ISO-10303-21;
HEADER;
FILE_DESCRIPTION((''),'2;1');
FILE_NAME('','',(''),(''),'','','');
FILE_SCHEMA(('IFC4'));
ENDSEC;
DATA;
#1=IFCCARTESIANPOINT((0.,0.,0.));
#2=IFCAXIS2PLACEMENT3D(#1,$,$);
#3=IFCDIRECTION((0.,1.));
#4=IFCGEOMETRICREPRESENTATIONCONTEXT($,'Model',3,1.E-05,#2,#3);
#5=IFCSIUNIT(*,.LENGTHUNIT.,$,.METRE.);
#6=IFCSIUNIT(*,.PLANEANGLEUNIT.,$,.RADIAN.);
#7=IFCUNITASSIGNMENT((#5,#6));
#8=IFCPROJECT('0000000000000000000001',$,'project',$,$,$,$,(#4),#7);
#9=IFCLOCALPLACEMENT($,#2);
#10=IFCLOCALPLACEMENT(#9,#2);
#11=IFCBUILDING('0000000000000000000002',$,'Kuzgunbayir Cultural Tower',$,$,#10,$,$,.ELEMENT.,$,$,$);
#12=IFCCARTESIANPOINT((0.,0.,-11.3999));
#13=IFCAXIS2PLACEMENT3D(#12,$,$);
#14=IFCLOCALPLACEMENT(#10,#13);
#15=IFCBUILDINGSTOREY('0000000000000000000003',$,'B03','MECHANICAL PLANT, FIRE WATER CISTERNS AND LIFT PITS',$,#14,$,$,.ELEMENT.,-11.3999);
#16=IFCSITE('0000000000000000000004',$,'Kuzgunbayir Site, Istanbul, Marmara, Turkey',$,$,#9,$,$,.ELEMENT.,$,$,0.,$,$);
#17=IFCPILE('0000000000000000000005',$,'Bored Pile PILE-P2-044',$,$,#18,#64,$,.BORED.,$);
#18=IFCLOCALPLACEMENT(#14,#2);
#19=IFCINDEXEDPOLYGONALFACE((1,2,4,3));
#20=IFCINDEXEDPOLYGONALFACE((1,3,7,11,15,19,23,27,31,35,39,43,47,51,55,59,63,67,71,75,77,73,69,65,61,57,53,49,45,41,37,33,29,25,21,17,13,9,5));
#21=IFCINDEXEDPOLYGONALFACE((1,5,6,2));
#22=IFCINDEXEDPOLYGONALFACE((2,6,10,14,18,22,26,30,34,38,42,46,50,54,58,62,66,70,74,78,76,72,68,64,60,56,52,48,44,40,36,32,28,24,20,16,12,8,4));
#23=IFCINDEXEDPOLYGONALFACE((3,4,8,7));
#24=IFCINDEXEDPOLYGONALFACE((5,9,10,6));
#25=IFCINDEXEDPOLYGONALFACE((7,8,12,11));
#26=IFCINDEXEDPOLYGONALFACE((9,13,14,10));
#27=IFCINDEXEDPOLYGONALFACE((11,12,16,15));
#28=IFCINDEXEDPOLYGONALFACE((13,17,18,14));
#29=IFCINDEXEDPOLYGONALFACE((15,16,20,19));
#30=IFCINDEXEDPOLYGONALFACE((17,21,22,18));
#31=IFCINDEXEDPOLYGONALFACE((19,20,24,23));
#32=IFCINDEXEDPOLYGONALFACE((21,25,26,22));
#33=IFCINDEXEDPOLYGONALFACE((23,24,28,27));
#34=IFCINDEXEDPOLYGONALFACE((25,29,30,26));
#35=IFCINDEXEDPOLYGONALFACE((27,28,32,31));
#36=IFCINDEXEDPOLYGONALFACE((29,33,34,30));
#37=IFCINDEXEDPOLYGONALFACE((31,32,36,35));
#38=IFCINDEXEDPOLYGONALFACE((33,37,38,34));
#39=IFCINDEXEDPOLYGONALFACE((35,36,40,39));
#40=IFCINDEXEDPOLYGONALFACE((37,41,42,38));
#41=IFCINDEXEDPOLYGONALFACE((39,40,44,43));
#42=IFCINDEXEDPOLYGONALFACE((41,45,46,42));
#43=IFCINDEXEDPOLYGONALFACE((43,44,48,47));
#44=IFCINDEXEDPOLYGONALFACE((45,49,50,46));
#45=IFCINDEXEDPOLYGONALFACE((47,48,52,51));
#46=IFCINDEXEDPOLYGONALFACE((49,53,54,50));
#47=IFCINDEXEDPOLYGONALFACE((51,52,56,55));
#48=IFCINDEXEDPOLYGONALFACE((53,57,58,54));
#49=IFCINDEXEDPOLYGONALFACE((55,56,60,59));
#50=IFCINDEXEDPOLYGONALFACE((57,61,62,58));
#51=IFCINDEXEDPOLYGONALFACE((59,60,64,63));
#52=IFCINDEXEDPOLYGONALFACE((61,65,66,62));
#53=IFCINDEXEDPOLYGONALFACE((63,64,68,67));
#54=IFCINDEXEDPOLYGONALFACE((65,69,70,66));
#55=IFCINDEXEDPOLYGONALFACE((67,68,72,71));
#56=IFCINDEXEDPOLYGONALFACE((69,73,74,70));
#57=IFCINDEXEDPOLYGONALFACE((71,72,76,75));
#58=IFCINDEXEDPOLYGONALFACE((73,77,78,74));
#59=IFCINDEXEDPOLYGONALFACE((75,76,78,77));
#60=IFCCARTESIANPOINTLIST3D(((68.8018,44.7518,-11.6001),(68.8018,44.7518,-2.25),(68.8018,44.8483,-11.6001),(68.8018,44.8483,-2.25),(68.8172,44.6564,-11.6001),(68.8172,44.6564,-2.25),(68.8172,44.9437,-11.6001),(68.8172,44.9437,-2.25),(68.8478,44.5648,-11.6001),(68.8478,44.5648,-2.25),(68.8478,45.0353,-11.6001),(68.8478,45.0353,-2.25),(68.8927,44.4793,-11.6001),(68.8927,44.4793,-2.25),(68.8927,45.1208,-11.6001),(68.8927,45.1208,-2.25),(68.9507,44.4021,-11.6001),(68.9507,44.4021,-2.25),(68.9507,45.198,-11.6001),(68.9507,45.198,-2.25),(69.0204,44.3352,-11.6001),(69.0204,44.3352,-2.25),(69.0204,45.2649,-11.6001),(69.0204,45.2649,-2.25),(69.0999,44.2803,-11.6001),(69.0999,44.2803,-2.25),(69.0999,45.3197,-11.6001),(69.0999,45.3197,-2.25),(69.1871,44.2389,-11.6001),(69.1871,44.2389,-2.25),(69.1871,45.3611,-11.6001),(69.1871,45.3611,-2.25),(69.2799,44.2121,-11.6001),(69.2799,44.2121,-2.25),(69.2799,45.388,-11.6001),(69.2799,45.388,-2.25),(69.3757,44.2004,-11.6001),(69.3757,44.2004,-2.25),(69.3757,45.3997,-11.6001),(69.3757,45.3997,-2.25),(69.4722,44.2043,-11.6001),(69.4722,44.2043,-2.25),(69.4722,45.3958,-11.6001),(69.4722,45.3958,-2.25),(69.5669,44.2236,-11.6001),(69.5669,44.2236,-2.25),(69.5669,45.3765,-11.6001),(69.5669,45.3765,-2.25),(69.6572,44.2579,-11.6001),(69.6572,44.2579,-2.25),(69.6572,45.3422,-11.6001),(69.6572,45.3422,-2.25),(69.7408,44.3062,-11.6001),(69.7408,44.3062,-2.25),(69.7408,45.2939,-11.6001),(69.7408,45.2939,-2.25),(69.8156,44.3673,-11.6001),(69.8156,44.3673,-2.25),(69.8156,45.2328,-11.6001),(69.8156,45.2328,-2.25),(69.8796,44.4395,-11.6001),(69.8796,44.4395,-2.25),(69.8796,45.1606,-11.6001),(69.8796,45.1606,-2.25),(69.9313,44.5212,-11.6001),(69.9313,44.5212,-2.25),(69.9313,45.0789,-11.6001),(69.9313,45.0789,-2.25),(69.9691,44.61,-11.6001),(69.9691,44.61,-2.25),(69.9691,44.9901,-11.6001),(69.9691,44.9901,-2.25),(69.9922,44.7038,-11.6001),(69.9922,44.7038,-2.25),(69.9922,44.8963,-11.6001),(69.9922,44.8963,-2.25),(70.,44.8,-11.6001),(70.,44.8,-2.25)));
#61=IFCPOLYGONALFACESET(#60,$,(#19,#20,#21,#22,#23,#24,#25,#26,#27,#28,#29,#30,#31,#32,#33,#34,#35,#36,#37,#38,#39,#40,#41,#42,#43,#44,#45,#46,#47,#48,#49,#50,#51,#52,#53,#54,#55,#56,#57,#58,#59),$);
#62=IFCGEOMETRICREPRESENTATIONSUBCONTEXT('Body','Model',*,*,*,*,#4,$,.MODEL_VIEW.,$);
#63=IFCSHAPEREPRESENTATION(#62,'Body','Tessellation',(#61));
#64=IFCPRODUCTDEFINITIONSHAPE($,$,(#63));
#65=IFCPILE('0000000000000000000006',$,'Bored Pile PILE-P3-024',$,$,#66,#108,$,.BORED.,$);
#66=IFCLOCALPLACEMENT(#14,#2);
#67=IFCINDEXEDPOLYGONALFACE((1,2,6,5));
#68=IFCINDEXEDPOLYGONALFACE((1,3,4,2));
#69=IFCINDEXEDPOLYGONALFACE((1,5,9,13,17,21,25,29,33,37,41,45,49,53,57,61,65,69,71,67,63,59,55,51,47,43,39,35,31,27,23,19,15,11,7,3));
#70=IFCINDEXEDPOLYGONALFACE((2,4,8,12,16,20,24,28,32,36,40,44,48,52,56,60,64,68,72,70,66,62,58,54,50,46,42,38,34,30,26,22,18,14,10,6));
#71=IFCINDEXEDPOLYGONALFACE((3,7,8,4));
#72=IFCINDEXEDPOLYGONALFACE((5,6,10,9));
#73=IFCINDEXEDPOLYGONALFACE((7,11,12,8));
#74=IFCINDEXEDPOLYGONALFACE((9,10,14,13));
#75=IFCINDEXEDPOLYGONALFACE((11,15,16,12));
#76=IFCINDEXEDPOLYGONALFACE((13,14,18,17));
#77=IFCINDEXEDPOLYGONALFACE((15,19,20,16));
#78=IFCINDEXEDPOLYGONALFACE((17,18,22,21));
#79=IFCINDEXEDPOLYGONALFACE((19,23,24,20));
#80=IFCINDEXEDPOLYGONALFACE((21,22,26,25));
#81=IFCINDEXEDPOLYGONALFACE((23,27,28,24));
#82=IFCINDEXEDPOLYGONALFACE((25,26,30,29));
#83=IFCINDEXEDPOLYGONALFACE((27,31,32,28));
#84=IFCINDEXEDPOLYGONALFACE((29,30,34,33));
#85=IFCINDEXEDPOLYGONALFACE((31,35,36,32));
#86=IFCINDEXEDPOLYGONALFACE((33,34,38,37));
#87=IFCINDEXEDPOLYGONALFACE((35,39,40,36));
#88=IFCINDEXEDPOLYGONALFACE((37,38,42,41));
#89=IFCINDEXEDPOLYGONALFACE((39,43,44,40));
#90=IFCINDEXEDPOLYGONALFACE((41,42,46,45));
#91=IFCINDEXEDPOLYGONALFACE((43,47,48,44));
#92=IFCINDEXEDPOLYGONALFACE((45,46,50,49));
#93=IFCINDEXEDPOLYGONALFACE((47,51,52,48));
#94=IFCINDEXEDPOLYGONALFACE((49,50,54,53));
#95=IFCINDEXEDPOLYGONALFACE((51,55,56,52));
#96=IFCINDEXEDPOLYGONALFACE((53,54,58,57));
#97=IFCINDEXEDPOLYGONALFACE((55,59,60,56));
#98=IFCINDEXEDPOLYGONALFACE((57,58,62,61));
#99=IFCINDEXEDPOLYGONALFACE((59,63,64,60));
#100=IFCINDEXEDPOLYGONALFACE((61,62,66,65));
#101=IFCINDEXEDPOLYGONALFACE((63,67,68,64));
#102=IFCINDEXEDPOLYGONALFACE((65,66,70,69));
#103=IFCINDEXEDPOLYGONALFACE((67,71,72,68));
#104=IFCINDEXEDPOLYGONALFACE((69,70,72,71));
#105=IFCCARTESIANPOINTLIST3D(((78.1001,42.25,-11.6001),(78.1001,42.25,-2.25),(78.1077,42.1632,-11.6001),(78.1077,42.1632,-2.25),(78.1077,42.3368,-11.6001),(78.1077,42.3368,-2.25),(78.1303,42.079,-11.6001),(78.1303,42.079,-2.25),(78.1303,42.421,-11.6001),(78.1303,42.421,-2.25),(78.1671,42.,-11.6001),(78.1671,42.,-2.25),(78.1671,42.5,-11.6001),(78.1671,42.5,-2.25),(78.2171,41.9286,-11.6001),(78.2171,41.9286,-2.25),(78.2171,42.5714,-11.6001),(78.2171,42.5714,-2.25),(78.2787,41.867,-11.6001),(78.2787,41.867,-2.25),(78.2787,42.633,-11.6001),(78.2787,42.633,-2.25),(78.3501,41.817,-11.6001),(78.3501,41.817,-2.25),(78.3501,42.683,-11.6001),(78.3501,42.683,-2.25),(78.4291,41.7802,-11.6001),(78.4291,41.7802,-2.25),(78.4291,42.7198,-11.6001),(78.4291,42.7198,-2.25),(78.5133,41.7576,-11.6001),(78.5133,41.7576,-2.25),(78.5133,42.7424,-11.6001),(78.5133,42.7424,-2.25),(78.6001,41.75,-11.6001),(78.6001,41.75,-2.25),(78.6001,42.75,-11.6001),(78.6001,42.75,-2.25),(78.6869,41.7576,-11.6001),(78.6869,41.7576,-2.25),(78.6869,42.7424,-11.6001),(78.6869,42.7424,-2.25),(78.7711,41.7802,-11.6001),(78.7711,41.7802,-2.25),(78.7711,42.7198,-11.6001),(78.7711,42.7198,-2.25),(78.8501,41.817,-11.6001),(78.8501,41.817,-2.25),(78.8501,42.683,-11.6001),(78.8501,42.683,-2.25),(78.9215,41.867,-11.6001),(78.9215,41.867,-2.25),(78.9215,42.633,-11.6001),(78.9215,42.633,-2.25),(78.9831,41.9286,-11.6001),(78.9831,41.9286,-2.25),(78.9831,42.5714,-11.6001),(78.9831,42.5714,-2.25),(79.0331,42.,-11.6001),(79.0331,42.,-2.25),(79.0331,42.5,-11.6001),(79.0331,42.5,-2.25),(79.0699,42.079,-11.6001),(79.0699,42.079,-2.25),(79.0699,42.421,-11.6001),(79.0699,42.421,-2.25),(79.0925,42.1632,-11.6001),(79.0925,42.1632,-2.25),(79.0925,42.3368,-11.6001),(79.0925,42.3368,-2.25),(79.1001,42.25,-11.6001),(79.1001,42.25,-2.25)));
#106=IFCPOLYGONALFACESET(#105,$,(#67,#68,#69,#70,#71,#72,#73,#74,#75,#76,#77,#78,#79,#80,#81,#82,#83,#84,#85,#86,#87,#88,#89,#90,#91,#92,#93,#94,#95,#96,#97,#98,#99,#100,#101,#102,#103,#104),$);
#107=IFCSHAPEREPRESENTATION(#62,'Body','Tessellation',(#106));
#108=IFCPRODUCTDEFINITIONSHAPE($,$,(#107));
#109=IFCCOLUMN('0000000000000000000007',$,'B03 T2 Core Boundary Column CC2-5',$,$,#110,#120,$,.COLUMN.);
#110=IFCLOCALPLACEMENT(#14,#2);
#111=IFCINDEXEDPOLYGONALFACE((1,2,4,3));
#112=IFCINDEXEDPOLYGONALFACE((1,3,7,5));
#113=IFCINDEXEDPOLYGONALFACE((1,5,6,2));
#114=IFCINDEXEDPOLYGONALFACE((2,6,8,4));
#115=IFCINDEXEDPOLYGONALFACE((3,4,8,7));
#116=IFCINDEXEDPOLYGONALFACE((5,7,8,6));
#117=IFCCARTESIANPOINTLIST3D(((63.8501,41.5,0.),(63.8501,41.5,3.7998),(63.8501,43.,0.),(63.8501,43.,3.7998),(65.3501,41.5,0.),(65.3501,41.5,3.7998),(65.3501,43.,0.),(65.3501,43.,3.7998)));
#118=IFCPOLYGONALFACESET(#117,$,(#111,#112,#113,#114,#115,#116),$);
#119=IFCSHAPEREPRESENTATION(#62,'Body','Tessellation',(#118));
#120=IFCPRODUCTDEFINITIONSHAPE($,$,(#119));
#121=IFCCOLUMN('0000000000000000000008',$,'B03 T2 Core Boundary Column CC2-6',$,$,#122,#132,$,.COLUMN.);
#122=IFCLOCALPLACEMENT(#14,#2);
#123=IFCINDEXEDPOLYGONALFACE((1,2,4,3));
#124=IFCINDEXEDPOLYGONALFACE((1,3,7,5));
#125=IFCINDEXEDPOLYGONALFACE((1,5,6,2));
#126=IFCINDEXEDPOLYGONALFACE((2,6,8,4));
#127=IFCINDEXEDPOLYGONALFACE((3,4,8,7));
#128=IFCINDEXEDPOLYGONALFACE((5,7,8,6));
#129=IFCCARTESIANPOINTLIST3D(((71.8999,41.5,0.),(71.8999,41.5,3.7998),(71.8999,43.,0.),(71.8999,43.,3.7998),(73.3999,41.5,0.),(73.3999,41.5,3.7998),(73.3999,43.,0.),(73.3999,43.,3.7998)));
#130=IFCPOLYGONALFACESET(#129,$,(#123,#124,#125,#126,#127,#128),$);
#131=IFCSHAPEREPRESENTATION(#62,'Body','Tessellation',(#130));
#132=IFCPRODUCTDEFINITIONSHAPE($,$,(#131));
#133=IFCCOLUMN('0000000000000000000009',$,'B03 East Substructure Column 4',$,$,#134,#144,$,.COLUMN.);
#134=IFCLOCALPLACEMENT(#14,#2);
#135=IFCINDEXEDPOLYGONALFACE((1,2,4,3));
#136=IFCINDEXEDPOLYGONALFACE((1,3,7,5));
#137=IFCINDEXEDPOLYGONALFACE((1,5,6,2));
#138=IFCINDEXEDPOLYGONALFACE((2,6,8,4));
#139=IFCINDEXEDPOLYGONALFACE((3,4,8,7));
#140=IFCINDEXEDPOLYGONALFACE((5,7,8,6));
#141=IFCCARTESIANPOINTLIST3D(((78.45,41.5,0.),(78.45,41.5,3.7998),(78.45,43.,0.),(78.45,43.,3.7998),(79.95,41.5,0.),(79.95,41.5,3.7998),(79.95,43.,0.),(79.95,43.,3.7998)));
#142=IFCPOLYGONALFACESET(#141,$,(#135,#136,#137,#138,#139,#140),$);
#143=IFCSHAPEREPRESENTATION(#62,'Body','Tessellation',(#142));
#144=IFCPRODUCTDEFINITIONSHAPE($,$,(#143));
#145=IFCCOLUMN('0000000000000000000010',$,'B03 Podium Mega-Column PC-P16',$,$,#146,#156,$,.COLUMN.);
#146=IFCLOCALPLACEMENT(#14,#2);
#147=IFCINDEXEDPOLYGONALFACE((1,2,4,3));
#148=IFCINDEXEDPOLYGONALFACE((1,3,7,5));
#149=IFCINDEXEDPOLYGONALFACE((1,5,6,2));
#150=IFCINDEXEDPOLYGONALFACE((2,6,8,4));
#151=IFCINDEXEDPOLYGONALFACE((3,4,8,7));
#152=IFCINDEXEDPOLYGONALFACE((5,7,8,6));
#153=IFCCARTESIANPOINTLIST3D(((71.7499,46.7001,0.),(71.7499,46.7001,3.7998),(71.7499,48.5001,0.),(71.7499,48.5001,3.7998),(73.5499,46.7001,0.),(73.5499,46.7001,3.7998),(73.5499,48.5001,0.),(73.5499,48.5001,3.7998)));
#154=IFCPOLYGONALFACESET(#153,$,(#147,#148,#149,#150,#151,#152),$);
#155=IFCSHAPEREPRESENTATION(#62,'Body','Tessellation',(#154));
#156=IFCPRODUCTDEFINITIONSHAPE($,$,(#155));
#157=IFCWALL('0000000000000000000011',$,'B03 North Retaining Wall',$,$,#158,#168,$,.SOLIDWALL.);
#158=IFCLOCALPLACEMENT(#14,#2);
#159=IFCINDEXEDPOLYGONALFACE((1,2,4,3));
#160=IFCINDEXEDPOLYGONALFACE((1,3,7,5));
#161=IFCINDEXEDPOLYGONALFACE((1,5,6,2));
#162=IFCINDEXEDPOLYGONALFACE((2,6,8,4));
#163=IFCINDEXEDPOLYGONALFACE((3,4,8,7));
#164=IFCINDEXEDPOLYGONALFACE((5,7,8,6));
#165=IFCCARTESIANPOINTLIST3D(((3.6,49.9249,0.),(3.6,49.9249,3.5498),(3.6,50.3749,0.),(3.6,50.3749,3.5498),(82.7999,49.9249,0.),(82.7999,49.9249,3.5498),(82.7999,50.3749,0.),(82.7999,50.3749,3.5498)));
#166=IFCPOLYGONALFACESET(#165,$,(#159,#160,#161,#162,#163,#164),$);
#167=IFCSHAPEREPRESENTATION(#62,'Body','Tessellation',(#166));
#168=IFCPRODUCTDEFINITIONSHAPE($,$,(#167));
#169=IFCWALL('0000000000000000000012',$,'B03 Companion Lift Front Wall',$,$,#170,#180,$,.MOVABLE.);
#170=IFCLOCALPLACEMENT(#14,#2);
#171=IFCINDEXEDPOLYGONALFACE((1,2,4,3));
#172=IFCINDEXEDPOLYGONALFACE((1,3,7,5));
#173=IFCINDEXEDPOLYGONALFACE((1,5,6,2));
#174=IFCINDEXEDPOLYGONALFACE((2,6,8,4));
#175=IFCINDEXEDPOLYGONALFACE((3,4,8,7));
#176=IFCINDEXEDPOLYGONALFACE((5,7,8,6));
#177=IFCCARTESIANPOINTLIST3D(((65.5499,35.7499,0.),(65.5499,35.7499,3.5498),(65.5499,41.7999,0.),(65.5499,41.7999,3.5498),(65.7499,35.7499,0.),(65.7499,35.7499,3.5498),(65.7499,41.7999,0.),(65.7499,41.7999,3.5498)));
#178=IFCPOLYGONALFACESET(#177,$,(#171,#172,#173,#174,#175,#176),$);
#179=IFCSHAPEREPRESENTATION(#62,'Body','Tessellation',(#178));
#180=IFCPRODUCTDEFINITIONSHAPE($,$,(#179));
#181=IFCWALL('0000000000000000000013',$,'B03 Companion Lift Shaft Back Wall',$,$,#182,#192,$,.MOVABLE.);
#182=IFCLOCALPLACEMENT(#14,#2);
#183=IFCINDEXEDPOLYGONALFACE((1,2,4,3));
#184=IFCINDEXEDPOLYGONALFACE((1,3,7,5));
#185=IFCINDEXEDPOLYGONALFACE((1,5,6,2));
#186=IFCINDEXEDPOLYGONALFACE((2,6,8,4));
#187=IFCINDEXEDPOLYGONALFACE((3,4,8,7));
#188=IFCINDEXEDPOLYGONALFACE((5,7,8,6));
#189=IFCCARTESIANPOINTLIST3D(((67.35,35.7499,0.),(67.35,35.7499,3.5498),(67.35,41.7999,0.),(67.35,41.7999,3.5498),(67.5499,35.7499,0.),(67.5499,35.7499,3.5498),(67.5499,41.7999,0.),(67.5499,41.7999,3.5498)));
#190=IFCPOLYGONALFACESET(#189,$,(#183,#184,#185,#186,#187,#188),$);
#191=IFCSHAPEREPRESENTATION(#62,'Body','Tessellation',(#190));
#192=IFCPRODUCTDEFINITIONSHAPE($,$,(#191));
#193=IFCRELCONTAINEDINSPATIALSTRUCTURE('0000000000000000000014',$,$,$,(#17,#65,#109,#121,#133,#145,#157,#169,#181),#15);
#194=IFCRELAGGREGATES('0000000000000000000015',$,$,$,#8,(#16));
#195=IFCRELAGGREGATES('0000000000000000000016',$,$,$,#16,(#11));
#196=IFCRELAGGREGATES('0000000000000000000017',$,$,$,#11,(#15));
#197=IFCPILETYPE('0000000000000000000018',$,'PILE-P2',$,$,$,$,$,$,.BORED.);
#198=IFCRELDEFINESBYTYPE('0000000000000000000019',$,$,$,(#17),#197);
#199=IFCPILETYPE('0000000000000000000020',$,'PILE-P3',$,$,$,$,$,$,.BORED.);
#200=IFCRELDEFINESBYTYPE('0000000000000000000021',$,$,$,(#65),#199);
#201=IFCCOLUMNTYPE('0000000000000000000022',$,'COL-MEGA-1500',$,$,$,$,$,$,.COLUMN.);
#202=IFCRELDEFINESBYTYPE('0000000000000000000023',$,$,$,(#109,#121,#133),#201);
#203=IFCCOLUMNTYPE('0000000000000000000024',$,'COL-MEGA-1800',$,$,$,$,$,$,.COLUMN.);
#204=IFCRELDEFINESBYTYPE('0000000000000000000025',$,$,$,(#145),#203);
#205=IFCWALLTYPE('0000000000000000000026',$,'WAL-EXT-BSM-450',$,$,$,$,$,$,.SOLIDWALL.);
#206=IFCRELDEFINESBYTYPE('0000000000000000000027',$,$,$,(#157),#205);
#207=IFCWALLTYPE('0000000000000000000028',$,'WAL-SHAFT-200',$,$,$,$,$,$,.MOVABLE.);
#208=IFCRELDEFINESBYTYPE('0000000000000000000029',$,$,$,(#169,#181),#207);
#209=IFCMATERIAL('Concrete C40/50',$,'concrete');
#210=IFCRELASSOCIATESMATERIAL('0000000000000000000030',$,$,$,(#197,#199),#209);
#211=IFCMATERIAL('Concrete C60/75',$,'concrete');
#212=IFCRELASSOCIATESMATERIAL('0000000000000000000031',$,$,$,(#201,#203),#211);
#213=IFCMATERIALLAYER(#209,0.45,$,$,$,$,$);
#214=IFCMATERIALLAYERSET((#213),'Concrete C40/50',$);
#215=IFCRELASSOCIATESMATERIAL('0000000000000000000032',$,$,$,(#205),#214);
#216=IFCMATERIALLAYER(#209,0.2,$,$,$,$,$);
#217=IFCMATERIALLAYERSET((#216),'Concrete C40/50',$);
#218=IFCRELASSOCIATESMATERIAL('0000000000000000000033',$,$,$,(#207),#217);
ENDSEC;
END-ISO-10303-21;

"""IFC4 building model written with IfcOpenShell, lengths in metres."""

from ifc_helpers import new_model, si_unit, direction, frame, frame_2d, origin, origin_2d, place, context, subcontext, project, spatial, rectangle, circle, extrude, material, layer, layer_set, material_profile, profile_set, type_object, element, save


model = new_model("IFC4")

# Units and contexts
model_context = context("Model", 3, precision=1e-05, world=origin(), true_north=direction((0.0, 1.0)))
body_context = subcontext(model_context, "Body", "Model", "MODEL_VIEW")
ifc_project = project(units=[si_unit("LENGTHUNIT", "METRE"), si_unit("PLANEANGLEUNIT", "RADIAN")], contexts=[model_context])

# Site, building, storey
site_placement = place(None, origin())
site = spatial("IfcSite", under=ifc_project, at=site_placement, Name="Kuzgunbayir Site, Istanbul, Marmara, Turkey", CompositionType="ELEMENT", RefElevation=0.0)
building_placement = place(site_placement, origin())
building = spatial("IfcBuilding", under=site, at=building_placement, Name="Kuzgunbayir Cultural Tower", CompositionType="ELEMENT")
storey_placement = place(building_placement, frame((0.0, 0.0, -11.3999)))
storey = spatial("IfcBuildingStorey", under=building, at=storey_placement, Name="B03", Description="MECHANICAL PLANT, FIRE WATER CISTERNS AND LIFT PITS", CompositionType="ELEMENT", Elevation=-11.3999)

# Piles
ifc_material_1 = material(Name="Concrete C40/50", Category="concrete")
ifc_material_profile_1 = material_profile(ifc_material_1, circle(Radius=0.6001, at=origin_2d()), Name="BORED PILE 1200")
ifc_profile_set_1 = profile_set([ifc_material_profile_1], Name="Concrete C40/50")
pile_type_1 = type_object("IfcPileType", Name="PILE-P2", PredefinedType="BORED", material=ifc_profile_set_1)
for number, where, z_axis, x_axis, name in (
    (1, (69.3999, 44.8, -2.25), (0.0, 0.0, -1.0), (1.0, 0.0, 0.0), "Bored Pile PILE-P2-044"),
):
    element("IfcPile", number, at=place(storey_placement, frame(where, z_axis=z_axis, x_axis=x_axis)), inside=storey, type_object=pile_type_1, Name=name, PredefinedType="BORED", context=body_context, shape_type="SweptSolid", body=[
        extrude(circle(Radius=0.6001, at=origin_2d()), origin(), (0.0, 0.0, 1.0), 9.3501),
    ])
ifc_material_profile_2 = material_profile(ifc_material_1, circle(Radius=0.5, at=origin_2d()), Name="BORED PILE 1000")
ifc_profile_set_2 = profile_set([ifc_material_profile_2], Name="Concrete C40/50")
pile_type_2 = type_object("IfcPileType", Name="PILE-P3", PredefinedType="BORED", material=ifc_profile_set_2)
pile_placement = place(storey_placement, frame((78.6001, 42.25, -2.25), z_axis=(0.0, 0.0, -1.0), x_axis=(1.0, 0.0, 0.0)))
element("IfcPile", 2, at=pile_placement, inside=storey, type_object=pile_type_2, Name="Bored Pile PILE-P3-024", PredefinedType="BORED", context=body_context, shape_type="SweptSolid", body=[
    extrude(circle(Radius=0.5, at=origin_2d()), origin(), (0.0, 0.0, 1.0), 9.3501),
])

# Columns
ifc_material_2 = material(Name="Concrete C60/75", Category="concrete")
ifc_material_profile_3 = material_profile(ifc_material_2, rectangle(XDim=1.5, YDim=1.5, at=origin_2d()), Name="RC 1500x1500")
ifc_profile_set_3 = profile_set([ifc_material_profile_3], Name="Concrete C60/75")
column_type_1 = type_object("IfcColumnType", Name="COL-MEGA-1500", PredefinedType="COLUMN", material=ifc_profile_set_3)
for number, where, z_axis, x_axis, name in (
    (3, (64.6001, 42.25, 0.0), (0.0, 0.0, 1.0), (1.0, 0.0, 0.0), "B03 T2 Core Boundary Column CC2-5"),
    (4, (72.6499, 42.25, 0.0), (0.0, 0.0, 1.0), (1.0, 0.0, 0.0), "B03 T2 Core Boundary Column CC2-6"),
    (5, (79.2, 42.25, 0.0), (0.0, 0.0, 1.0), (1.0, 0.0, 0.0), "B03 East Substructure Column 4"),
):
    element("IfcColumn", number, at=place(storey_placement, frame(where, z_axis=z_axis, x_axis=x_axis)), inside=storey, type_object=column_type_1, Name=name, PredefinedType="COLUMN", context=body_context, shape_type="SweptSolid", body=[
        extrude(rectangle(XDim=1.5, YDim=1.5, at=origin_2d()), origin(), (0.0, 0.0, 1.0), 3.7998),
    ])
ifc_material_profile_4 = material_profile(ifc_material_2, rectangle(XDim=1.8, YDim=1.8, at=origin_2d()), Name="RC 1800x1800")
ifc_profile_set_4 = profile_set([ifc_material_profile_4], Name="Concrete C60/75")
column_type_2 = type_object("IfcColumnType", Name="COL-MEGA-1800", PredefinedType="COLUMN", material=ifc_profile_set_4)
column_placement = place(storey_placement, frame((72.6499, 47.6001, 0.0), z_axis=(0.0, 0.0, 1.0), x_axis=(1.0, 0.0, 0.0)))
element("IfcColumn", 6, at=column_placement, inside=storey, type_object=column_type_2, Name="B03 Podium Mega-Column PC-P16", PredefinedType="COLUMN", context=body_context, shape_type="SweptSolid", body=[
    extrude(rectangle(XDim=1.8, YDim=1.8, at=origin_2d()), origin(), (0.0, 0.0, 1.0), 3.7998),
])

# Walls
ifc_layer_1 = layer(ifc_material_1, 0.45)
ifc_layer_set_1 = layer_set([ifc_layer_1], Name="Concrete C40/50")
wall_type_1 = type_object("IfcWallType", Name="WAL-EXT-BSM-450", PredefinedType="SOLIDWALL", material=ifc_layer_set_1)
wall_1_placement = place(storey_placement, frame((82.8, 50.1499, 0.0), z_axis=(0.0, 0.0, 1.0), x_axis=(-1.0, 0.0, 0.0)))
element("IfcWall", 7, at=wall_1_placement, inside=storey, type_object=wall_type_1, Name="B03 North Retaining Wall", PredefinedType="SOLIDWALL", context=body_context, shape_type="SweptSolid", body=[
    extrude(rectangle(XDim=79.2, YDim=0.45, at=frame_2d((39.6001, 0.0))), origin(), (0.0, 0.0, 1.0), 3.5498),
])
ifc_layer_2 = layer(ifc_material_1, 0.2)
ifc_layer_set_2 = layer_set([ifc_layer_2], Name="Concrete C40/50")
wall_type_2 = type_object("IfcWallType", Name="WAL-SHAFT-200", PredefinedType="MOVABLE", material=ifc_layer_set_2)
for number, where, z_axis, x_axis, name in (
    (8, (65.6499, 35.75, 0.0), (0.0, 0.0, 1.0), (0.0, 1.0, 0.0), "B03 Companion Lift Front Wall"),
    (9, (67.45, 35.75, 0.0), (0.0, 0.0, 1.0), (0.0, 1.0, 0.0), "B03 Companion Lift Shaft Back Wall"),
):
    element("IfcWall", number, at=place(storey_placement, frame(where, z_axis=z_axis, x_axis=x_axis)), inside=storey, type_object=wall_type_2, Name=name, PredefinedType="MOVABLE", context=body_context, shape_type="SweptSolid", body=[
        extrude(rectangle(XDim=6.05, YDim=0.2, at=frame_2d((3.0249, 0.0))), origin(), (0.0, 0.0, 1.0), 3.5498),
    ])

save(model, "model.ifc")
